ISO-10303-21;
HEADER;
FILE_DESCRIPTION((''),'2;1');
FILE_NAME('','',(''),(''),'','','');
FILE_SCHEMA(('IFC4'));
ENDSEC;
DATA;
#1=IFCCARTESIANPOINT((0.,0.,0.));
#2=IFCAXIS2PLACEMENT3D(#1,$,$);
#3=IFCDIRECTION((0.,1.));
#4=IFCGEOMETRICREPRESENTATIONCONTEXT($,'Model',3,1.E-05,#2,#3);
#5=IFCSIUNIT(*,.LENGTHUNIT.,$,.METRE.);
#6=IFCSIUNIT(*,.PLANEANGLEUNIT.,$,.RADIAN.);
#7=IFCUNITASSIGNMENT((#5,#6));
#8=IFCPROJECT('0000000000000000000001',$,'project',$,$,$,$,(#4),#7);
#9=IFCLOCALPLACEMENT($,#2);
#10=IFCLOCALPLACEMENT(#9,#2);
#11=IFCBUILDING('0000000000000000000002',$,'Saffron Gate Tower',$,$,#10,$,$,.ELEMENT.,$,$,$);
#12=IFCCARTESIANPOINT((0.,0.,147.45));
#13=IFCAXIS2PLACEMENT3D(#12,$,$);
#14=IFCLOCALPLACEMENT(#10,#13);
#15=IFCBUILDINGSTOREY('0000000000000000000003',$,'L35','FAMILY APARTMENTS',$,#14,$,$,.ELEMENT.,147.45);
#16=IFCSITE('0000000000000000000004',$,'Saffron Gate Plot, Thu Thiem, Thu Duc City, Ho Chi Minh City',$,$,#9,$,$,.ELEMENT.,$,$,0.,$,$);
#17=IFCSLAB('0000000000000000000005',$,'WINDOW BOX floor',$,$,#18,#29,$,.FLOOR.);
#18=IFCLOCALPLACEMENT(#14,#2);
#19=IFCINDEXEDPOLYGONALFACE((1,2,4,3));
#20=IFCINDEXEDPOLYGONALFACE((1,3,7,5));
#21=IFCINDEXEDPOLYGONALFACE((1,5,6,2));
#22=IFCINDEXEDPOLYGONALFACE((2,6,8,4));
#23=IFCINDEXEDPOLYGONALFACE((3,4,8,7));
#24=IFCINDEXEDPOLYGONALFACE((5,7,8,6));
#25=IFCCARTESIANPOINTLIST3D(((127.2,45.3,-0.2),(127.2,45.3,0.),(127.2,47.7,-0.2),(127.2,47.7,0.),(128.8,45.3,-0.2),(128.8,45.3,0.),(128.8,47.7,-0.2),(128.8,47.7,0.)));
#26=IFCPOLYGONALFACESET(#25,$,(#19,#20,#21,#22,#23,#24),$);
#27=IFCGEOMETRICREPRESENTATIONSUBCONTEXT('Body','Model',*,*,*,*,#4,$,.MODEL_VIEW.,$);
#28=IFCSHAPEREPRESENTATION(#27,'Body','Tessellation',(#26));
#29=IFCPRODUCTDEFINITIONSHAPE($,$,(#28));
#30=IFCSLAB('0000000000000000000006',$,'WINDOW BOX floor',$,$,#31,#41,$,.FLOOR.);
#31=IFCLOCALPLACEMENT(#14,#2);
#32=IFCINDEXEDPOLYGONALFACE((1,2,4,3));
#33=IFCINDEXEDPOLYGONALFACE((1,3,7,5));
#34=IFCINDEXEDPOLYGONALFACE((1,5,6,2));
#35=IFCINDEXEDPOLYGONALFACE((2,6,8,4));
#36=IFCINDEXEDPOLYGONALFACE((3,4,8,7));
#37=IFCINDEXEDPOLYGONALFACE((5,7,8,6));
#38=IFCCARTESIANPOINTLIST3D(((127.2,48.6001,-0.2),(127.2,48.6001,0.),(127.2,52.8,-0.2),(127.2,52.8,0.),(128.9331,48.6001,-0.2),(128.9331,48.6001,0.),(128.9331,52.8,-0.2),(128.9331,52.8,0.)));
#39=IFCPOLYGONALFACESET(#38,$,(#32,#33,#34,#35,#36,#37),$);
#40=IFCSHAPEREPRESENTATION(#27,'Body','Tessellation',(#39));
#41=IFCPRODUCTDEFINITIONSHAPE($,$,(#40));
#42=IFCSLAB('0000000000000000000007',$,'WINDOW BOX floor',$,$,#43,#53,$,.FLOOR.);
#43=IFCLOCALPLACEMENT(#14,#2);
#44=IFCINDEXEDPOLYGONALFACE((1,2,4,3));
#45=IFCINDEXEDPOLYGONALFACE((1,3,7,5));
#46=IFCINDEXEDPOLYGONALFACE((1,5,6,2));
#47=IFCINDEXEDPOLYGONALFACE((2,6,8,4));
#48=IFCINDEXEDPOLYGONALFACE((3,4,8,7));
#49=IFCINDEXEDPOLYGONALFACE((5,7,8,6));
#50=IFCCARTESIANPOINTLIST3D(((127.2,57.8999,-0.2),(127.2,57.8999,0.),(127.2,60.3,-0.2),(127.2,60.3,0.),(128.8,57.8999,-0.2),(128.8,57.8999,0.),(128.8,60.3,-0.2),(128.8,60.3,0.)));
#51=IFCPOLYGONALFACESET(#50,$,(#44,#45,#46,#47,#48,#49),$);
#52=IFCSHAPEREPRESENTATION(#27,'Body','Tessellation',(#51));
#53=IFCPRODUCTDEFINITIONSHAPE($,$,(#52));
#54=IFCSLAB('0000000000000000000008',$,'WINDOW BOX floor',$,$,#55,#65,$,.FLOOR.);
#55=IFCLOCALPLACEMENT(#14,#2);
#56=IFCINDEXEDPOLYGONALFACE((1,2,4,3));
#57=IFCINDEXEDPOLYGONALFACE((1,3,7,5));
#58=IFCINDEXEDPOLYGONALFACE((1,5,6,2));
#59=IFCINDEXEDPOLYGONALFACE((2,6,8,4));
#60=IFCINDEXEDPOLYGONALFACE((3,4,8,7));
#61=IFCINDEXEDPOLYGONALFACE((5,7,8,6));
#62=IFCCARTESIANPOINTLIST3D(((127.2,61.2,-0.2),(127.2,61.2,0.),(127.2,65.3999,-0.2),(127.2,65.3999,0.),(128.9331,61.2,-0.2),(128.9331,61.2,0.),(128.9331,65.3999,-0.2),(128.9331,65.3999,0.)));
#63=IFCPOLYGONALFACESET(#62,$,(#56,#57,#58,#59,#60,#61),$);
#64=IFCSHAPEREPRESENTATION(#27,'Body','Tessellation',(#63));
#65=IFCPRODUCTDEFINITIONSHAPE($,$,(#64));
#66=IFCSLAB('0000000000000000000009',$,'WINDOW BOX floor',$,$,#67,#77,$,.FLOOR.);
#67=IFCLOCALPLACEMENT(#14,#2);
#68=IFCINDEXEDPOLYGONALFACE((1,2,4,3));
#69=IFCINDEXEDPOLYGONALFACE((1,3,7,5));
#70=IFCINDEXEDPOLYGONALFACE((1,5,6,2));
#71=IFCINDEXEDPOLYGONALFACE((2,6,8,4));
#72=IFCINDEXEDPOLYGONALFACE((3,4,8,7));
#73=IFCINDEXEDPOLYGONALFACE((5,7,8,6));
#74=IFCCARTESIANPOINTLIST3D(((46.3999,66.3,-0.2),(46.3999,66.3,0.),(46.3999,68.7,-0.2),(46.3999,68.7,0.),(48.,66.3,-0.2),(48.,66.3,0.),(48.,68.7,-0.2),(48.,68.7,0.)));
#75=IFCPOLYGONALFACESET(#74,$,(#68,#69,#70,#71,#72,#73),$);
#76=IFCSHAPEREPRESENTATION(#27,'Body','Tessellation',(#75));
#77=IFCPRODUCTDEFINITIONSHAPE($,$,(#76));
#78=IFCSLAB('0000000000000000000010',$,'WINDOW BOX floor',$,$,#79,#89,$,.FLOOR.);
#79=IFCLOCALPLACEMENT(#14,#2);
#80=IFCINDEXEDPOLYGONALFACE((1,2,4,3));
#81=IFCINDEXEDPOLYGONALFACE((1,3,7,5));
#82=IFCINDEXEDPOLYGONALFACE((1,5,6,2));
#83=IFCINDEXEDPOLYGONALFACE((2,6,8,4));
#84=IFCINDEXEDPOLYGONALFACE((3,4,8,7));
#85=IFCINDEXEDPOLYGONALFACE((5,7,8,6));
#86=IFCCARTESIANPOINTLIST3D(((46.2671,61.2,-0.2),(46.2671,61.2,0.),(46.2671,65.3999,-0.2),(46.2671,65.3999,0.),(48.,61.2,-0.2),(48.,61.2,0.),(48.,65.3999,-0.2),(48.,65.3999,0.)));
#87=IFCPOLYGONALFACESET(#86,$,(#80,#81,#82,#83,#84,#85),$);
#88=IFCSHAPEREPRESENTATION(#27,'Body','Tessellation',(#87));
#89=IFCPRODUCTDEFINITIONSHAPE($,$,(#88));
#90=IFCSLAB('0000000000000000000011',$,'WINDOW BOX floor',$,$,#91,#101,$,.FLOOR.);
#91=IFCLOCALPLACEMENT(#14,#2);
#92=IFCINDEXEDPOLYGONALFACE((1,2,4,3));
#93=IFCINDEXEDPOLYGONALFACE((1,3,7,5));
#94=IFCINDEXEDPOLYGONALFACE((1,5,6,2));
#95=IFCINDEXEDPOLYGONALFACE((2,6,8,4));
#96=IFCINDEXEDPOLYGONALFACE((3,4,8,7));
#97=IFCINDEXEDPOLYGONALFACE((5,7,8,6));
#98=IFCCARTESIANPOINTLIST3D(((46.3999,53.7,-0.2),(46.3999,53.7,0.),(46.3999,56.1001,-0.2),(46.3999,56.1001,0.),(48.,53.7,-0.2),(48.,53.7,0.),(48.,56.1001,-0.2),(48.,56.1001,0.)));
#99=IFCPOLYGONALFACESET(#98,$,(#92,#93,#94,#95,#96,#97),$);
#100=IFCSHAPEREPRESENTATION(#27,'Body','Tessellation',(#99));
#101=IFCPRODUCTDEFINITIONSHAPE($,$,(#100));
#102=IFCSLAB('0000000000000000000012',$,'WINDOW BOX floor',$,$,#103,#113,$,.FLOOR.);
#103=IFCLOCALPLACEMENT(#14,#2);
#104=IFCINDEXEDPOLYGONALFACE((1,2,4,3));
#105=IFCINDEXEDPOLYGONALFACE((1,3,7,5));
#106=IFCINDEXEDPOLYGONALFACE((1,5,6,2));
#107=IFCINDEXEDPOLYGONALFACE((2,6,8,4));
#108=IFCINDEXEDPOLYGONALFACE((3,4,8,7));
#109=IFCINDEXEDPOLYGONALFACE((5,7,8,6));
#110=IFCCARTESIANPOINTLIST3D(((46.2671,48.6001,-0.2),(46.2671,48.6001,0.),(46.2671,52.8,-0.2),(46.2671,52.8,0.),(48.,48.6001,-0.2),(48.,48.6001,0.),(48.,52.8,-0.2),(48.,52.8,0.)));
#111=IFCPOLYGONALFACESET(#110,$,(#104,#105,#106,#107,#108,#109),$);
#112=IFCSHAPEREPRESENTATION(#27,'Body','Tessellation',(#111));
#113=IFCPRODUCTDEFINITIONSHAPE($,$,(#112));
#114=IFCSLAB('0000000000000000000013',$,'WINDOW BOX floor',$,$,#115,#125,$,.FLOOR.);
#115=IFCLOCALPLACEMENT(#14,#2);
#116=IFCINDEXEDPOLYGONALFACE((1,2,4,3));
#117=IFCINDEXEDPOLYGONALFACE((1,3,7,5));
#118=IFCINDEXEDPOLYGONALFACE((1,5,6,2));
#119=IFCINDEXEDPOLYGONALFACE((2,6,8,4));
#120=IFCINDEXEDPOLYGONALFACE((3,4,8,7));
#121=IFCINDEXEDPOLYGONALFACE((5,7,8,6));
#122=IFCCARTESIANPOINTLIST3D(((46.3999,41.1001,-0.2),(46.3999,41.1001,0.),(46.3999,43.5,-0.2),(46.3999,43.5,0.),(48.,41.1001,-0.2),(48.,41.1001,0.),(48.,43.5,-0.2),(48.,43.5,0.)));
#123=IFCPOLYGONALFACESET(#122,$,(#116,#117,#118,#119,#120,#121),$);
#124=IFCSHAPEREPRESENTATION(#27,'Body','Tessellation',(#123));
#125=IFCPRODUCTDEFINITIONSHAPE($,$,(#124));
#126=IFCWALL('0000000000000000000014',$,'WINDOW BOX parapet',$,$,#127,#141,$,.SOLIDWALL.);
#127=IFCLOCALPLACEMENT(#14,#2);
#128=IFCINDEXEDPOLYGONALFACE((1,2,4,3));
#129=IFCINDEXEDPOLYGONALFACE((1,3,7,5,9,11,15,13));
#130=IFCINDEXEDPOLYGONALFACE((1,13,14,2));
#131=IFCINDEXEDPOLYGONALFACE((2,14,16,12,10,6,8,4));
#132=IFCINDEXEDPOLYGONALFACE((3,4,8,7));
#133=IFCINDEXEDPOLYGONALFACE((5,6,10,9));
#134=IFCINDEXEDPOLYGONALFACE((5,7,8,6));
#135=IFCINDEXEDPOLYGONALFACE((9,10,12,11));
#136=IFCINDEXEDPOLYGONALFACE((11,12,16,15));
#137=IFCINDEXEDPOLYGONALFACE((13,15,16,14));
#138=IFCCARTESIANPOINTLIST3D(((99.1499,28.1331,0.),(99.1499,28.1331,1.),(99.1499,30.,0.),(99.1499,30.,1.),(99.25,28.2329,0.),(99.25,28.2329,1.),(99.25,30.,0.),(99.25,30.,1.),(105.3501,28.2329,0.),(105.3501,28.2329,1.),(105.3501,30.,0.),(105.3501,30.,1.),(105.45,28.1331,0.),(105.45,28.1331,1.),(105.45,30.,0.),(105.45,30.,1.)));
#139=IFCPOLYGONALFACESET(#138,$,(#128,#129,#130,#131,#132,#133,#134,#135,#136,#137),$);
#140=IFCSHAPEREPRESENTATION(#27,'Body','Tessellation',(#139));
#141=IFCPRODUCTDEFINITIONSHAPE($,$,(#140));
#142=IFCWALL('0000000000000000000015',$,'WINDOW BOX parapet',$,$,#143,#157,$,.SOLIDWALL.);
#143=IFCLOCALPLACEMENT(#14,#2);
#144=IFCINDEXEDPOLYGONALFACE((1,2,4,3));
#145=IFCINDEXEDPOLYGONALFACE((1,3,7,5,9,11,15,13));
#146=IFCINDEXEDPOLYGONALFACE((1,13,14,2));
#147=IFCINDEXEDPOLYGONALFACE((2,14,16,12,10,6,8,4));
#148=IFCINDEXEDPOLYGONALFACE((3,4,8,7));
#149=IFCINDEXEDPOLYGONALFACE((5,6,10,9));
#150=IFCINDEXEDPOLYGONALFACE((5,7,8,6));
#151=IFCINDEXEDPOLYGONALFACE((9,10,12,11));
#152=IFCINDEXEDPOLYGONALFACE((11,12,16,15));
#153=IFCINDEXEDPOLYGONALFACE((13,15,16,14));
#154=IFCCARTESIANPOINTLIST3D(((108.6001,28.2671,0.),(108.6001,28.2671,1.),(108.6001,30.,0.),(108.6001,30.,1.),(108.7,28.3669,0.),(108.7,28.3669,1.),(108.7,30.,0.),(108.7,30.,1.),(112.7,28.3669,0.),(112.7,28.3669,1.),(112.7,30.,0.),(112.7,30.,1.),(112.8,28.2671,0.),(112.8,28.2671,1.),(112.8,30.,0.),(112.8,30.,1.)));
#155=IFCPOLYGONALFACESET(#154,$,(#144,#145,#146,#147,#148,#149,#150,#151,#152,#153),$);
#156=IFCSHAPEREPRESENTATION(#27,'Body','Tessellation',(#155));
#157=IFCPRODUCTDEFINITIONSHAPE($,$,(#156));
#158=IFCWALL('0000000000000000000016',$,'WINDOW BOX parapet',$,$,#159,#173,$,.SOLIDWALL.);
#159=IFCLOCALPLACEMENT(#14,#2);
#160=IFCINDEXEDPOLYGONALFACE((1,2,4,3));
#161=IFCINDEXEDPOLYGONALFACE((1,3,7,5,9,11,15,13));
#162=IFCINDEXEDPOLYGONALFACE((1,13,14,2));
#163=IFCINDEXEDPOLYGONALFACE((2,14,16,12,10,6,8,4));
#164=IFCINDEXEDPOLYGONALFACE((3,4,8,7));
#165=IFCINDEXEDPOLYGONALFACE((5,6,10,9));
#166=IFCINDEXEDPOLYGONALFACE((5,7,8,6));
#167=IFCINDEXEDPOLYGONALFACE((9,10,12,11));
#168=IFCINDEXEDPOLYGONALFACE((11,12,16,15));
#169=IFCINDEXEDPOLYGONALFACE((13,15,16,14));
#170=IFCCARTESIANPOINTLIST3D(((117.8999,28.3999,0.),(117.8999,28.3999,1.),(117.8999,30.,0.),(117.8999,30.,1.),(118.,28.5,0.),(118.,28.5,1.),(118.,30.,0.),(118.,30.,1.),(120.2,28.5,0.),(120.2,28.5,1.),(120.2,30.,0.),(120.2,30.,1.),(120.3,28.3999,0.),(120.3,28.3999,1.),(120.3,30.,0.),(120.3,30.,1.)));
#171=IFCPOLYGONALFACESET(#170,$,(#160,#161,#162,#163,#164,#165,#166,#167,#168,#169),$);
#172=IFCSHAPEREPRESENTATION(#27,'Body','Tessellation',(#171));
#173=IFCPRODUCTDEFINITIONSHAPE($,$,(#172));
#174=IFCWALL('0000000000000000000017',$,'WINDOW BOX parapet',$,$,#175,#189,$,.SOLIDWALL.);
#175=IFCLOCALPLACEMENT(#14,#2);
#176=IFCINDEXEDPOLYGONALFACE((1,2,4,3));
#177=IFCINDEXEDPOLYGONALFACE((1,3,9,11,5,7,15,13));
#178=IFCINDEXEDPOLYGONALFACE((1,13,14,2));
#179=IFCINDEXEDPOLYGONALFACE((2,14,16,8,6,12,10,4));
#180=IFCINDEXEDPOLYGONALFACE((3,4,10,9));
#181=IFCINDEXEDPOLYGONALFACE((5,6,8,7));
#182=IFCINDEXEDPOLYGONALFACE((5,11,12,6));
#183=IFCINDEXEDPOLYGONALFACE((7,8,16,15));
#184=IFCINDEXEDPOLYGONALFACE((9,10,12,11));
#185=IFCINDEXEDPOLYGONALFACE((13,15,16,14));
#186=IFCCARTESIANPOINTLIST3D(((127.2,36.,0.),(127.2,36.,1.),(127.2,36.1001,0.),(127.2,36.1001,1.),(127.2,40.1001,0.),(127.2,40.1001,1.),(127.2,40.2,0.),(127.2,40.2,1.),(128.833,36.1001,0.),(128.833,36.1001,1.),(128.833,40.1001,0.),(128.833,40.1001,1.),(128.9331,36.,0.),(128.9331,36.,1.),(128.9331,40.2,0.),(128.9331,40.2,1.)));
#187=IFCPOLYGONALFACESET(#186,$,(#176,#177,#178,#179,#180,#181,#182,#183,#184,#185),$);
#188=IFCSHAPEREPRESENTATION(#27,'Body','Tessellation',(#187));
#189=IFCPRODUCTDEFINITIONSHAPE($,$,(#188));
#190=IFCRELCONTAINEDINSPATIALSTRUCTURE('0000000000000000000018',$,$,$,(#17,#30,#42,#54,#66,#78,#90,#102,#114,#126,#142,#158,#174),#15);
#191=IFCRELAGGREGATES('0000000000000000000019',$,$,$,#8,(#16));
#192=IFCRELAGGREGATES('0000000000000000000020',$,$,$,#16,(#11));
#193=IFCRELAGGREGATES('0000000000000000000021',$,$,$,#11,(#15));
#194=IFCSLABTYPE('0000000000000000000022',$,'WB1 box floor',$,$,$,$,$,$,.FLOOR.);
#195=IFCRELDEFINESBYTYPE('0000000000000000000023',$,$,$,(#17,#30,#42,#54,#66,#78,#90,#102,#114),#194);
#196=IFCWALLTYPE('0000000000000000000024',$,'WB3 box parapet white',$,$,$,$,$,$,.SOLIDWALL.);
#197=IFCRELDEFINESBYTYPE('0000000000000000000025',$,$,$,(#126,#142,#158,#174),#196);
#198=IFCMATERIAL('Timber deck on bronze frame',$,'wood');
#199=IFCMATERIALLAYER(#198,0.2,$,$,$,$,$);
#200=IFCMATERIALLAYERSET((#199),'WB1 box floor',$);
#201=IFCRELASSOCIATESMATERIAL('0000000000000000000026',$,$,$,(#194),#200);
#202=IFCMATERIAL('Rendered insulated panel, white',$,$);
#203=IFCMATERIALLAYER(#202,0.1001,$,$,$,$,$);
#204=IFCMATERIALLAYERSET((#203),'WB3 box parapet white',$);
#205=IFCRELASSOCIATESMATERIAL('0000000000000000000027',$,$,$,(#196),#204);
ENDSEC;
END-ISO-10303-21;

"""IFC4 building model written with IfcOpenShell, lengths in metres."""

from ifc_helpers import new_model, si_unit, direction, frame, origin, place, context, subcontext, project, spatial, polyline, outline, extrude, material, layer, layer_set, type_object, element, save


model = new_model("IFC4")

# Units and contexts
model_context = context("Model", 3, precision=1e-05, world=origin(), true_north=direction((0.0, 1.0)))
body_context = subcontext(model_context, "Body", "Model", "MODEL_VIEW")
ifc_project = project(units=[si_unit("LENGTHUNIT", "METRE"), si_unit("PLANEANGLEUNIT", "RADIAN")], contexts=[model_context])

# Site, building, storey
site_placement = place(None, origin())
site = spatial("IfcSite", under=ifc_project, at=site_placement, Name="Saffron Gate Plot, Thu Thiem, Thu Duc City, Ho Chi Minh City", CompositionType="ELEMENT", RefElevation=0.0)
building_placement = place(site_placement, origin())
building = spatial("IfcBuilding", under=site, at=building_placement, Name="Saffron Gate Tower", CompositionType="ELEMENT")
storey_placement = place(building_placement, frame((0.0, 0.0, 147.45)))
storey = spatial("IfcBuildingStorey", under=building, at=storey_placement, Name="L35", Description="FAMILY APARTMENTS", CompositionType="ELEMENT", Elevation=147.45)

# Slabs
ifc_material_1 = material(Name="Timber deck on bronze frame", Category="wood")
ifc_layer_1 = layer(ifc_material_1, 0.2)
ifc_layer_set_1 = layer_set([ifc_layer_1], Name="WB1 box floor")
slab_type_1 = type_object("IfcSlabType", Name="WB1 box floor", PredefinedType="FLOOR", material=ifc_layer_set_1)
slab_1_placement = place(storey_placement, frame((0.0, 0.0, -0.2)))
element("IfcSlab", 1, at=slab_1_placement, inside=storey, type_object=slab_type_1, Name="WINDOW BOX floor", PredefinedType="FLOOR", context=body_context, shape_type="SweptSolid", body=[
    extrude(outline(polyline([(127.2, 45.3), (127.2, 47.7), (128.8, 47.7), (128.8, 45.3), (127.2, 45.3)])), origin(), (0.0, 0.0, 1.0), 0.2),
])
slab_2_placement = place(storey_placement, frame((0.0, 0.0, -0.2)))
element("IfcSlab", 2, at=slab_2_placement, inside=storey, type_object=slab_type_1, Name="WINDOW BOX floor", PredefinedType="FLOOR", context=body_context, shape_type="SweptSolid", body=[
    extrude(outline(polyline([(127.2, 48.6001), (127.2, 52.8), (128.9331, 52.8), (128.9331, 48.6001), (127.2, 48.6001)])), origin(), (0.0, 0.0, 1.0), 0.2),
])
slab_3_placement = place(storey_placement, frame((0.0, 0.0, -0.2)))
element("IfcSlab", 3, at=slab_3_placement, inside=storey, type_object=slab_type_1, Name="WINDOW BOX floor", PredefinedType="FLOOR", context=body_context, shape_type="SweptSolid", body=[
    extrude(outline(polyline([(127.2, 57.8999), (127.2, 60.3), (128.8, 60.3), (128.8, 57.8999), (127.2, 57.8999)])), origin(), (0.0, 0.0, 1.0), 0.2),
])
slab_4_placement = place(storey_placement, frame((0.0, 0.0, -0.2)))
element("IfcSlab", 4, at=slab_4_placement, inside=storey, type_object=slab_type_1, Name="WINDOW BOX floor", PredefinedType="FLOOR", context=body_context, shape_type="SweptSolid", body=[
    extrude(outline(polyline([(127.2, 61.2), (127.2, 65.3999), (128.9331, 65.3999), (128.9331, 61.2), (127.2, 61.2)])), origin(), (0.0, 0.0, 1.0), 0.2),
])
slab_5_placement = place(storey_placement, frame((0.0, 0.0, -0.2)))
element("IfcSlab", 5, at=slab_5_placement, inside=storey, type_object=slab_type_1, Name="WINDOW BOX floor", PredefinedType="FLOOR", context=body_context, shape_type="SweptSolid", body=[
    extrude(outline(polyline([(48.0, 68.7), (48.0, 66.3), (46.3999, 66.3), (46.3999, 68.7), (48.0, 68.7)])), origin(), (0.0, 0.0, 1.0), 0.2),
])
slab_6_placement = place(storey_placement, frame((0.0, 0.0, -0.2)))
element("IfcSlab", 6, at=slab_6_placement, inside=storey, type_object=slab_type_1, Name="WINDOW BOX floor", PredefinedType="FLOOR", context=body_context, shape_type="SweptSolid", body=[
    extrude(outline(polyline([(48.0, 65.3999), (48.0, 61.2), (46.2671, 61.2), (46.2671, 65.3999), (48.0, 65.3999)])), origin(), (0.0, 0.0, 1.0), 0.2),
])
slab_7_placement = place(storey_placement, frame((0.0, 0.0, -0.2)))
element("IfcSlab", 7, at=slab_7_placement, inside=storey, type_object=slab_type_1, Name="WINDOW BOX floor", PredefinedType="FLOOR", context=body_context, shape_type="SweptSolid", body=[
    extrude(outline(polyline([(48.0, 56.1001), (48.0, 53.7), (46.3999, 53.7), (46.3999, 56.1001), (48.0, 56.1001)])), origin(), (0.0, 0.0, 1.0), 0.2),
])
slab_8_placement = place(storey_placement, frame((0.0, 0.0, -0.2)))
element("IfcSlab", 8, at=slab_8_placement, inside=storey, type_object=slab_type_1, Name="WINDOW BOX floor", PredefinedType="FLOOR", context=body_context, shape_type="SweptSolid", body=[
    extrude(outline(polyline([(48.0, 52.8), (48.0, 48.6001), (46.2671, 48.6001), (46.2671, 52.8), (48.0, 52.8)])), origin(), (0.0, 0.0, 1.0), 0.2),
])
slab_9_placement = place(storey_placement, frame((0.0, 0.0, -0.2)))
element("IfcSlab", 9, at=slab_9_placement, inside=storey, type_object=slab_type_1, Name="WINDOW BOX floor", PredefinedType="FLOOR", context=body_context, shape_type="SweptSolid", body=[
    extrude(outline(polyline([(48.0, 43.5), (48.0, 41.1001), (46.3999, 41.1001), (46.3999, 43.5), (48.0, 43.5)])), origin(), (0.0, 0.0, 1.0), 0.2),
])

# Walls
ifc_material_2 = material(Name="Rendered insulated panel, white")
ifc_layer_2 = layer(ifc_material_2, 0.1001)
ifc_layer_set_2 = layer_set([ifc_layer_2], Name="WB3 box parapet white")
wall_type = type_object("IfcWallType", Name="WB3 box parapet white", PredefinedType="SOLIDWALL", material=ifc_layer_set_2)
wall_1_placement = place(storey_placement, origin())
element("IfcWall", 10, at=wall_1_placement, inside=storey, type_object=wall_type, Name="WINDOW BOX parapet", PredefinedType="SOLIDWALL", context=body_context, shape_type="SweptSolid", body=[
    extrude(outline(polyline([(99.1499, 30.0), (99.25, 30.0), (99.25, 28.2329), (105.3501, 28.2329), (105.3501, 30.0), (105.45, 30.0), (105.45, 28.1331), (99.1499, 28.1331), (99.1499, 30.0)])), origin(), (0.0, 0.0, 1.0), 1.0),
])
wall_2_placement = place(storey_placement, origin())
element("IfcWall", 11, at=wall_2_placement, inside=storey, type_object=wall_type, Name="WINDOW BOX parapet", PredefinedType="SOLIDWALL", context=body_context, shape_type="SweptSolid", body=[
    extrude(outline(polyline([(108.6001, 30.0), (108.7, 30.0), (108.7, 28.3669), (112.7, 28.3669), (112.7, 30.0), (112.8, 30.0), (112.8, 28.2671), (108.6001, 28.2671), (108.6001, 30.0)])), origin(), (0.0, 0.0, 1.0), 1.0),
])
wall_3_placement = place(storey_placement, origin())
element("IfcWall", 12, at=wall_3_placement, inside=storey, type_object=wall_type, Name="WINDOW BOX parapet", PredefinedType="SOLIDWALL", context=body_context, shape_type="SweptSolid", body=[
    extrude(outline(polyline([(117.8999, 30.0), (118.0, 30.0), (118.0, 28.5), (120.2, 28.5), (120.2, 30.0), (120.3, 30.0), (120.3, 28.3999), (117.8999, 28.3999), (117.8999, 30.0)])), origin(), (0.0, 0.0, 1.0), 1.0),
])
wall_4_placement = place(storey_placement, origin())
element("IfcWall", 13, at=wall_4_placement, inside=storey, type_object=wall_type, Name="WINDOW BOX parapet", PredefinedType="SOLIDWALL", context=body_context, shape_type="SweptSolid", body=[
    extrude(outline(polyline([(127.2, 36.0), (127.2, 36.1001), (128.833, 36.1001), (128.833, 40.1001), (127.2, 40.1001), (127.2, 40.2), (128.9331, 40.2), (128.9331, 36.0), (127.2, 36.0)])), origin(), (0.0, 0.0, 1.0), 1.0),
])

save(model, "model.ifc")
